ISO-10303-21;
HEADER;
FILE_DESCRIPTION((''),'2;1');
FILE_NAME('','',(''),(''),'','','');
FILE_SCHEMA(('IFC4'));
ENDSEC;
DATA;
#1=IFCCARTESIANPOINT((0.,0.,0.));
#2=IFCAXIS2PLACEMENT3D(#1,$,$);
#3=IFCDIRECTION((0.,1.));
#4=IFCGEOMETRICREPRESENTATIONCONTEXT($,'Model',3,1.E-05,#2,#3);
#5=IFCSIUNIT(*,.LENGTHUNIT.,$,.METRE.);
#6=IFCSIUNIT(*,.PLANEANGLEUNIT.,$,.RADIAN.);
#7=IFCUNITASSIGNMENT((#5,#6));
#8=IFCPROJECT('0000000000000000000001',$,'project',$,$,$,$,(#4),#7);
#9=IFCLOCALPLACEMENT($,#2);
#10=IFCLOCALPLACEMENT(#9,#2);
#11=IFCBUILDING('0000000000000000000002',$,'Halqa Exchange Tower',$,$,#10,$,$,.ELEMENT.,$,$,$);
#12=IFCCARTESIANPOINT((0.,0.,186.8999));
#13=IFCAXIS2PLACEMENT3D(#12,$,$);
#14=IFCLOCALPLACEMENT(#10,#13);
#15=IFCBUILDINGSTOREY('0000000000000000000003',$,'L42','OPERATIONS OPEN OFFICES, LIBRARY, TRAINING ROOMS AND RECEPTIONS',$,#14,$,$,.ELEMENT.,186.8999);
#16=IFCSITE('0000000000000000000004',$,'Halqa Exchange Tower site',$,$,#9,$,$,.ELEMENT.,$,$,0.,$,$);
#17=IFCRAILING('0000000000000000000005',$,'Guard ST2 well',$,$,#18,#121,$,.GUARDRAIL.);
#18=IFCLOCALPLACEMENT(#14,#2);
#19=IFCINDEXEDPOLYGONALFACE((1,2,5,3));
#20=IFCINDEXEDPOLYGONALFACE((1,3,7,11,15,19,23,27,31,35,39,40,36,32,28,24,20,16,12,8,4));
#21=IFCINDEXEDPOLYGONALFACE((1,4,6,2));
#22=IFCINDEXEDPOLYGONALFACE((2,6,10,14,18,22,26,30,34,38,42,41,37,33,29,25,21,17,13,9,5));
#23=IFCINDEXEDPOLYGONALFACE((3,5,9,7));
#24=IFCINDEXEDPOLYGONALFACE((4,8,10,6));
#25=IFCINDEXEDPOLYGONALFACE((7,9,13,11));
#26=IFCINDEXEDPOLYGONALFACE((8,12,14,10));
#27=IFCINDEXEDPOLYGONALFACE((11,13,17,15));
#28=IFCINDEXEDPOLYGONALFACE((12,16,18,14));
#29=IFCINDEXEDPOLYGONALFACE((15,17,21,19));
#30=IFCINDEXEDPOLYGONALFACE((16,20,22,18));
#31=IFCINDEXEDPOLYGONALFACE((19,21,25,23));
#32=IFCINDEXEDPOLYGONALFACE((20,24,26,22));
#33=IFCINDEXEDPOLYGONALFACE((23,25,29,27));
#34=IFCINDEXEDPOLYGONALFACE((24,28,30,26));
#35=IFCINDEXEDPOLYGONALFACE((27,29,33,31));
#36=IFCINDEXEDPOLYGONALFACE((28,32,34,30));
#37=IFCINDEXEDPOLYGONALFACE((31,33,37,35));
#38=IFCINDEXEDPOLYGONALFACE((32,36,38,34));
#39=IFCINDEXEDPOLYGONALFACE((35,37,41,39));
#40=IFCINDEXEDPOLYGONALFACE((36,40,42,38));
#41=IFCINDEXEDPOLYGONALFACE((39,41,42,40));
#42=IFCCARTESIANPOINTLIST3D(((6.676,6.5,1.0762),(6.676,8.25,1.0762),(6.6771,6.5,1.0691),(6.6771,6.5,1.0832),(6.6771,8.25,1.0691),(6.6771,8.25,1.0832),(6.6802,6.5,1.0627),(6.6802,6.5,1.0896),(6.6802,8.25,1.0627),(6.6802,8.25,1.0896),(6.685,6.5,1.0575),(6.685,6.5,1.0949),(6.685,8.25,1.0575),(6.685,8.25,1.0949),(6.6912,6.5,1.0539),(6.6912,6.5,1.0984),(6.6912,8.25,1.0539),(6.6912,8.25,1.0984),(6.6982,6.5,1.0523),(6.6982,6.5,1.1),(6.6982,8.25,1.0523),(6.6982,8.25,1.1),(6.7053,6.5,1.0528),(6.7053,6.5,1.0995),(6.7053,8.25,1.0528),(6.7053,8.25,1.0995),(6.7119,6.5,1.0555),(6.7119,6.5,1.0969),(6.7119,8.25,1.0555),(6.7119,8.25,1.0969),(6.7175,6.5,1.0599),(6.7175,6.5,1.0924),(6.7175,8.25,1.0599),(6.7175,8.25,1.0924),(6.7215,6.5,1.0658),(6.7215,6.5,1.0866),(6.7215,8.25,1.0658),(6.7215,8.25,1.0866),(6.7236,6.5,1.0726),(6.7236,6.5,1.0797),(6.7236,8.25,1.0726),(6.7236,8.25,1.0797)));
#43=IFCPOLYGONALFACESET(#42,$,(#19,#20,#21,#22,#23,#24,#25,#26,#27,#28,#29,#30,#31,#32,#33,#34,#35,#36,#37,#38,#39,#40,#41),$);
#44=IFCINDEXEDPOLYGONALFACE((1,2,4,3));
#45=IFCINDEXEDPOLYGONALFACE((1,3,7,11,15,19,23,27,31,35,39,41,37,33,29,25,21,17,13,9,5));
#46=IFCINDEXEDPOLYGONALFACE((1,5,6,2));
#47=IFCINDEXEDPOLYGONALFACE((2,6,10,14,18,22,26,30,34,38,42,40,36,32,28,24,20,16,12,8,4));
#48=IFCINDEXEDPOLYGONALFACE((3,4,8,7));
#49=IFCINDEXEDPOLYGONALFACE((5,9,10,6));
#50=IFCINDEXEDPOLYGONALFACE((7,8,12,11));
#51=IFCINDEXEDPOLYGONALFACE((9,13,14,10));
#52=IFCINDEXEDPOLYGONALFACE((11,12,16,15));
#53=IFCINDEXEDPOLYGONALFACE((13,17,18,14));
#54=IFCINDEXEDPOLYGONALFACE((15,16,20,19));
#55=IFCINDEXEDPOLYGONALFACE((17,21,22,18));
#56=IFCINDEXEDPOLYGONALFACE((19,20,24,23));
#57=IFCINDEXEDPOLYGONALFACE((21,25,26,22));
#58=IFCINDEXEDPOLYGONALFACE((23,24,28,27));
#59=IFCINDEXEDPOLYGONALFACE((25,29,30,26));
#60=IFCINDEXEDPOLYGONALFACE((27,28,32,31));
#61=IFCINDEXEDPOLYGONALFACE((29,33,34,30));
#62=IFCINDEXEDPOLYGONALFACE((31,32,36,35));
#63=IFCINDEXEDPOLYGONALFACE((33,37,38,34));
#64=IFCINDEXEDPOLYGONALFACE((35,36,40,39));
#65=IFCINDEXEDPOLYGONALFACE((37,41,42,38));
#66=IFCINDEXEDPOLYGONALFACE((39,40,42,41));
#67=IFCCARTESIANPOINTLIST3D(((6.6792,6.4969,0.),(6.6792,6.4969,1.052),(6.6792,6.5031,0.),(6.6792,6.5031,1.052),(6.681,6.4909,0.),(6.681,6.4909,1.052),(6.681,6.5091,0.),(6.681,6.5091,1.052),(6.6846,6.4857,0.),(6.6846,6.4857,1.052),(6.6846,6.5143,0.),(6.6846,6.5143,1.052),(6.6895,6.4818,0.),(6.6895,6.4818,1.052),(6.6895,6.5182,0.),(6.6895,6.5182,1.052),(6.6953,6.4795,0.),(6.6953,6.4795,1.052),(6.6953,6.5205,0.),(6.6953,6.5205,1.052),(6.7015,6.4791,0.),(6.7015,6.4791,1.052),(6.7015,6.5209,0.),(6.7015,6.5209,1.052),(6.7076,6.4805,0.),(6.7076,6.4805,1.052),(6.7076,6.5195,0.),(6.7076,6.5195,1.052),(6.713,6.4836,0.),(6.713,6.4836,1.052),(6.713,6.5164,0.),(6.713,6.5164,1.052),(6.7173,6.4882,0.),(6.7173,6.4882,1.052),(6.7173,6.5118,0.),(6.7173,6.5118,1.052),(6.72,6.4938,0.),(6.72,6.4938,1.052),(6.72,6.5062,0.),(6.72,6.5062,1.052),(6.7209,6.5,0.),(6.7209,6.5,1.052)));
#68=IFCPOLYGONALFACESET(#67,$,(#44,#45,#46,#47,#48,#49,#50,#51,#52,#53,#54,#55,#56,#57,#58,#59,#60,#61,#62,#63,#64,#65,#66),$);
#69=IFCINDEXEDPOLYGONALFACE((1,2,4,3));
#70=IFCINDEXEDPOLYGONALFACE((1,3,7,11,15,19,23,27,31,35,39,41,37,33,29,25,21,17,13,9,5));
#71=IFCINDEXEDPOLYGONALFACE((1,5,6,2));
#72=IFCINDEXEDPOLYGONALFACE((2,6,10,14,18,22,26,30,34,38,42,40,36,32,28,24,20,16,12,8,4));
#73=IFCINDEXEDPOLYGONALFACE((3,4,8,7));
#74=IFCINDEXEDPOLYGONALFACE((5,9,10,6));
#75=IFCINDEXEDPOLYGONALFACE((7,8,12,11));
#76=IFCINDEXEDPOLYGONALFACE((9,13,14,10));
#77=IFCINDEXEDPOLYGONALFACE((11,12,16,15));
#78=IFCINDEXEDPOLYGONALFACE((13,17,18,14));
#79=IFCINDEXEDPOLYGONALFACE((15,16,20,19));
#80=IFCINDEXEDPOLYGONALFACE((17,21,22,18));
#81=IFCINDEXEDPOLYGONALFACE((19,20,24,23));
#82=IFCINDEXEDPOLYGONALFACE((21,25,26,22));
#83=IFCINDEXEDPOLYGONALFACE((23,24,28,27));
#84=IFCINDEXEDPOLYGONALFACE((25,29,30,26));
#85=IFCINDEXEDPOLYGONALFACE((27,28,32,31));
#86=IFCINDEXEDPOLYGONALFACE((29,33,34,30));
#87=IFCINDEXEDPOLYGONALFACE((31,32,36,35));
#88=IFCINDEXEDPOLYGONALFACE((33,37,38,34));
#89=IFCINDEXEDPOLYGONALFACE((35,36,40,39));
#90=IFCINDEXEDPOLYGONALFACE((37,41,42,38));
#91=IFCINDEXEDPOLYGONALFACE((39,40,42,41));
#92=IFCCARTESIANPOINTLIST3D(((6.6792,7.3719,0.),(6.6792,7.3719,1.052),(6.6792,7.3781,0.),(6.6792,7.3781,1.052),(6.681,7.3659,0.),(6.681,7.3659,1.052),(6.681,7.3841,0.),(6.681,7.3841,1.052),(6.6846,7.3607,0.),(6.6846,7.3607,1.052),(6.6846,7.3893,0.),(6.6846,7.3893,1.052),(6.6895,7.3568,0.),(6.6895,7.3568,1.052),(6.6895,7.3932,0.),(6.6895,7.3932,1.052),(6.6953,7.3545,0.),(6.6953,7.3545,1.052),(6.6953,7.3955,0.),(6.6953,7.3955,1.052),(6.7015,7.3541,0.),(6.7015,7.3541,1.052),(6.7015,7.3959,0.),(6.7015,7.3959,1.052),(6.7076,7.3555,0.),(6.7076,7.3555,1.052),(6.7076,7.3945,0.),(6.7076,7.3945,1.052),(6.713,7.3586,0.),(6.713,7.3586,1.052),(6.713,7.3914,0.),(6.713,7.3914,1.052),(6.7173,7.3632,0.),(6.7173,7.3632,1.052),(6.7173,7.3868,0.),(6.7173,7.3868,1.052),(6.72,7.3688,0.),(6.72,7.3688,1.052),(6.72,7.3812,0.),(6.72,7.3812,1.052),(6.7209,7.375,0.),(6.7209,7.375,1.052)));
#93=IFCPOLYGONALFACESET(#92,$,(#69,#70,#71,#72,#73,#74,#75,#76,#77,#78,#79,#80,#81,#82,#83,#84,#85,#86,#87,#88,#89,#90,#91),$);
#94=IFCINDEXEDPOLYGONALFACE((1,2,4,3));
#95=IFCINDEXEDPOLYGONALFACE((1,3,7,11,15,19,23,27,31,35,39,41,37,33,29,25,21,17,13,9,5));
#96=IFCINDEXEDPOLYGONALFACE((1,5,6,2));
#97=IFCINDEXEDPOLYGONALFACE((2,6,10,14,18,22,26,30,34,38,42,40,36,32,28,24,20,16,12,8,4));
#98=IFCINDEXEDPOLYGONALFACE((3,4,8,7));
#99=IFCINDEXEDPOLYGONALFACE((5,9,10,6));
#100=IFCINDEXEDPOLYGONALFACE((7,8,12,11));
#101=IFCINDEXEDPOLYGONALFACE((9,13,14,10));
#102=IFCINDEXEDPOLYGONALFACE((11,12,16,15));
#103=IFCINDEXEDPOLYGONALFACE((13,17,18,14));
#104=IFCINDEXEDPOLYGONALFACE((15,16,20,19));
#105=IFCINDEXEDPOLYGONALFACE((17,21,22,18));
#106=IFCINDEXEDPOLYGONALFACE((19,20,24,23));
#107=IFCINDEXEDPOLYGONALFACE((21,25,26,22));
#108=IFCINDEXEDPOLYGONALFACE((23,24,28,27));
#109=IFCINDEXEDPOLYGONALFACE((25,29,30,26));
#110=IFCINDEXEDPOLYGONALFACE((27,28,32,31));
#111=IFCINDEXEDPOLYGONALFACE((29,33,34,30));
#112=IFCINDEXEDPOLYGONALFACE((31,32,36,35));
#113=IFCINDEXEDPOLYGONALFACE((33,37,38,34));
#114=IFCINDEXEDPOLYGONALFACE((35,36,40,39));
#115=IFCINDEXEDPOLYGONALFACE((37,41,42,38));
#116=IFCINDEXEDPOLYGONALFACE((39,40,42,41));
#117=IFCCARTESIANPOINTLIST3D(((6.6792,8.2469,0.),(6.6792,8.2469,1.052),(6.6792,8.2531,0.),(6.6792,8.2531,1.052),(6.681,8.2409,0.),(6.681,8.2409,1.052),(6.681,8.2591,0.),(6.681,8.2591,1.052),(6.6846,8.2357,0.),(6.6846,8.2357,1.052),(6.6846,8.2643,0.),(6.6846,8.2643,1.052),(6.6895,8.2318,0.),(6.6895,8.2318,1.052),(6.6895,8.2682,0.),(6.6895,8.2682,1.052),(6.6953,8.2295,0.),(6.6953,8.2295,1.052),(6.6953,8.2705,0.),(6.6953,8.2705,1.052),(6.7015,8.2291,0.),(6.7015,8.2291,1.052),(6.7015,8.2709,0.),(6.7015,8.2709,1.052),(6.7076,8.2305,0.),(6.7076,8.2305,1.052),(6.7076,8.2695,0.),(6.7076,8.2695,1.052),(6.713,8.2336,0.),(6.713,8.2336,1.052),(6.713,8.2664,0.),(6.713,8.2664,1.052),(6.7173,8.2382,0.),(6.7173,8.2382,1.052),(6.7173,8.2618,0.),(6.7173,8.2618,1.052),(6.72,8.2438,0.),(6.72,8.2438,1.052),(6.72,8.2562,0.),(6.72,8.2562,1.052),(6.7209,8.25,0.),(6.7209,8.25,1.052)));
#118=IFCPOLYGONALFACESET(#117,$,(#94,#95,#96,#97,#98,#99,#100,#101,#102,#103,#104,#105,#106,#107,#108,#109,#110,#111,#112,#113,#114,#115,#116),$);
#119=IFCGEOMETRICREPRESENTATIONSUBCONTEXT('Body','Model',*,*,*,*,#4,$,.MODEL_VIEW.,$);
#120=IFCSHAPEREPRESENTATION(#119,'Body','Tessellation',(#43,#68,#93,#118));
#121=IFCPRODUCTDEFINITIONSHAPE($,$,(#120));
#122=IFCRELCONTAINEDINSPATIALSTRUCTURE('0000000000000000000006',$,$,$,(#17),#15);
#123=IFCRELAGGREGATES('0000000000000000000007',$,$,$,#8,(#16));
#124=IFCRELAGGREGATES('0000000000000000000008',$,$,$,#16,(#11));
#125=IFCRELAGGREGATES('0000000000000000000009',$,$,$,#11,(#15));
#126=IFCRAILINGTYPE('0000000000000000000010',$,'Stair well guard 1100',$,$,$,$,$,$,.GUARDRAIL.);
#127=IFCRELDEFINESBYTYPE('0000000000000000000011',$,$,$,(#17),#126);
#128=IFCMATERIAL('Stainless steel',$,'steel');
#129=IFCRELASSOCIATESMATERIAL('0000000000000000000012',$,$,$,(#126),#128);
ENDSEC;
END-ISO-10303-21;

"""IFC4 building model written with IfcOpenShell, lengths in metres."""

from ifc_helpers import new_model, si_unit, direction, frame, origin, origin_2d, place, context, subcontext, project, spatial, circle, extrude, material, type_object, element, save


model = new_model("IFC4")

# Units and contexts
model_context = context("Model", 3, precision=1e-05, world=origin(), true_north=direction((0.0, 1.0)))
body_context = subcontext(model_context, "Body", "Model", "MODEL_VIEW")
ifc_project = project(units=[si_unit("LENGTHUNIT", "METRE"), si_unit("PLANEANGLEUNIT", "RADIAN")], contexts=[model_context])

# Site, building, storey
site_placement = place(None, origin())
site = spatial("IfcSite", under=ifc_project, at=site_placement, Name="Halqa Exchange Tower site", CompositionType="ELEMENT", RefElevation=0.0)
building_placement = place(site_placement, origin())
building = spatial("IfcBuilding", under=site, at=building_placement, Name="Halqa Exchange Tower", CompositionType="ELEMENT")
storey_placement = place(building_placement, frame((0.0, 0.0, 186.8999)))
storey = spatial("IfcBuildingStorey", under=building, at=storey_placement, Name="L42", Description="OPERATIONS OPEN OFFICES, LIBRARY, TRAINING ROOMS AND RECEPTIONS", CompositionType="ELEMENT", Elevation=186.8999)

# Railing
ifc_material_1 = material(Name="Stainless steel", Category="steel")
railing_type_1 = type_object("IfcRailingType", Name="Stair well guard 1100", PredefinedType="GUARDRAIL", material=ifc_material_1)
railing_1_placement = place(storey_placement, frame((6.7, 6.5, 0.0)))
element("IfcRailing", 1, at=railing_1_placement, inside=storey, type_object=railing_type_1, Name="Guard ST2 well", PredefinedType="GUARDRAIL", context=body_context, shape_type="SweptSolid", body=[
    extrude(circle(Radius=0.0239, at=origin_2d()), frame((0.0, 0.0, 1.0762), z_axis=(0.0, 1.0, 0.0), x_axis=(-1.0, 0.0, 0.0)), (0.0, 0.0, 1.0), 1.75),
    extrude(circle(Radius=0.021, at=origin_2d()), origin(), (0.0, 0.0, 1.0), 1.052),
    extrude(circle(Radius=0.021, at=origin_2d()), frame((0.0, 0.875, 0.0)), (0.0, 0.0, 1.0), 1.052),
    extrude(circle(Radius=0.021, at=origin_2d()), frame((0.0, 1.75, 0.0)), (0.0, 0.0, 1.0), 1.052),
])

save(model, "model.ifc")
